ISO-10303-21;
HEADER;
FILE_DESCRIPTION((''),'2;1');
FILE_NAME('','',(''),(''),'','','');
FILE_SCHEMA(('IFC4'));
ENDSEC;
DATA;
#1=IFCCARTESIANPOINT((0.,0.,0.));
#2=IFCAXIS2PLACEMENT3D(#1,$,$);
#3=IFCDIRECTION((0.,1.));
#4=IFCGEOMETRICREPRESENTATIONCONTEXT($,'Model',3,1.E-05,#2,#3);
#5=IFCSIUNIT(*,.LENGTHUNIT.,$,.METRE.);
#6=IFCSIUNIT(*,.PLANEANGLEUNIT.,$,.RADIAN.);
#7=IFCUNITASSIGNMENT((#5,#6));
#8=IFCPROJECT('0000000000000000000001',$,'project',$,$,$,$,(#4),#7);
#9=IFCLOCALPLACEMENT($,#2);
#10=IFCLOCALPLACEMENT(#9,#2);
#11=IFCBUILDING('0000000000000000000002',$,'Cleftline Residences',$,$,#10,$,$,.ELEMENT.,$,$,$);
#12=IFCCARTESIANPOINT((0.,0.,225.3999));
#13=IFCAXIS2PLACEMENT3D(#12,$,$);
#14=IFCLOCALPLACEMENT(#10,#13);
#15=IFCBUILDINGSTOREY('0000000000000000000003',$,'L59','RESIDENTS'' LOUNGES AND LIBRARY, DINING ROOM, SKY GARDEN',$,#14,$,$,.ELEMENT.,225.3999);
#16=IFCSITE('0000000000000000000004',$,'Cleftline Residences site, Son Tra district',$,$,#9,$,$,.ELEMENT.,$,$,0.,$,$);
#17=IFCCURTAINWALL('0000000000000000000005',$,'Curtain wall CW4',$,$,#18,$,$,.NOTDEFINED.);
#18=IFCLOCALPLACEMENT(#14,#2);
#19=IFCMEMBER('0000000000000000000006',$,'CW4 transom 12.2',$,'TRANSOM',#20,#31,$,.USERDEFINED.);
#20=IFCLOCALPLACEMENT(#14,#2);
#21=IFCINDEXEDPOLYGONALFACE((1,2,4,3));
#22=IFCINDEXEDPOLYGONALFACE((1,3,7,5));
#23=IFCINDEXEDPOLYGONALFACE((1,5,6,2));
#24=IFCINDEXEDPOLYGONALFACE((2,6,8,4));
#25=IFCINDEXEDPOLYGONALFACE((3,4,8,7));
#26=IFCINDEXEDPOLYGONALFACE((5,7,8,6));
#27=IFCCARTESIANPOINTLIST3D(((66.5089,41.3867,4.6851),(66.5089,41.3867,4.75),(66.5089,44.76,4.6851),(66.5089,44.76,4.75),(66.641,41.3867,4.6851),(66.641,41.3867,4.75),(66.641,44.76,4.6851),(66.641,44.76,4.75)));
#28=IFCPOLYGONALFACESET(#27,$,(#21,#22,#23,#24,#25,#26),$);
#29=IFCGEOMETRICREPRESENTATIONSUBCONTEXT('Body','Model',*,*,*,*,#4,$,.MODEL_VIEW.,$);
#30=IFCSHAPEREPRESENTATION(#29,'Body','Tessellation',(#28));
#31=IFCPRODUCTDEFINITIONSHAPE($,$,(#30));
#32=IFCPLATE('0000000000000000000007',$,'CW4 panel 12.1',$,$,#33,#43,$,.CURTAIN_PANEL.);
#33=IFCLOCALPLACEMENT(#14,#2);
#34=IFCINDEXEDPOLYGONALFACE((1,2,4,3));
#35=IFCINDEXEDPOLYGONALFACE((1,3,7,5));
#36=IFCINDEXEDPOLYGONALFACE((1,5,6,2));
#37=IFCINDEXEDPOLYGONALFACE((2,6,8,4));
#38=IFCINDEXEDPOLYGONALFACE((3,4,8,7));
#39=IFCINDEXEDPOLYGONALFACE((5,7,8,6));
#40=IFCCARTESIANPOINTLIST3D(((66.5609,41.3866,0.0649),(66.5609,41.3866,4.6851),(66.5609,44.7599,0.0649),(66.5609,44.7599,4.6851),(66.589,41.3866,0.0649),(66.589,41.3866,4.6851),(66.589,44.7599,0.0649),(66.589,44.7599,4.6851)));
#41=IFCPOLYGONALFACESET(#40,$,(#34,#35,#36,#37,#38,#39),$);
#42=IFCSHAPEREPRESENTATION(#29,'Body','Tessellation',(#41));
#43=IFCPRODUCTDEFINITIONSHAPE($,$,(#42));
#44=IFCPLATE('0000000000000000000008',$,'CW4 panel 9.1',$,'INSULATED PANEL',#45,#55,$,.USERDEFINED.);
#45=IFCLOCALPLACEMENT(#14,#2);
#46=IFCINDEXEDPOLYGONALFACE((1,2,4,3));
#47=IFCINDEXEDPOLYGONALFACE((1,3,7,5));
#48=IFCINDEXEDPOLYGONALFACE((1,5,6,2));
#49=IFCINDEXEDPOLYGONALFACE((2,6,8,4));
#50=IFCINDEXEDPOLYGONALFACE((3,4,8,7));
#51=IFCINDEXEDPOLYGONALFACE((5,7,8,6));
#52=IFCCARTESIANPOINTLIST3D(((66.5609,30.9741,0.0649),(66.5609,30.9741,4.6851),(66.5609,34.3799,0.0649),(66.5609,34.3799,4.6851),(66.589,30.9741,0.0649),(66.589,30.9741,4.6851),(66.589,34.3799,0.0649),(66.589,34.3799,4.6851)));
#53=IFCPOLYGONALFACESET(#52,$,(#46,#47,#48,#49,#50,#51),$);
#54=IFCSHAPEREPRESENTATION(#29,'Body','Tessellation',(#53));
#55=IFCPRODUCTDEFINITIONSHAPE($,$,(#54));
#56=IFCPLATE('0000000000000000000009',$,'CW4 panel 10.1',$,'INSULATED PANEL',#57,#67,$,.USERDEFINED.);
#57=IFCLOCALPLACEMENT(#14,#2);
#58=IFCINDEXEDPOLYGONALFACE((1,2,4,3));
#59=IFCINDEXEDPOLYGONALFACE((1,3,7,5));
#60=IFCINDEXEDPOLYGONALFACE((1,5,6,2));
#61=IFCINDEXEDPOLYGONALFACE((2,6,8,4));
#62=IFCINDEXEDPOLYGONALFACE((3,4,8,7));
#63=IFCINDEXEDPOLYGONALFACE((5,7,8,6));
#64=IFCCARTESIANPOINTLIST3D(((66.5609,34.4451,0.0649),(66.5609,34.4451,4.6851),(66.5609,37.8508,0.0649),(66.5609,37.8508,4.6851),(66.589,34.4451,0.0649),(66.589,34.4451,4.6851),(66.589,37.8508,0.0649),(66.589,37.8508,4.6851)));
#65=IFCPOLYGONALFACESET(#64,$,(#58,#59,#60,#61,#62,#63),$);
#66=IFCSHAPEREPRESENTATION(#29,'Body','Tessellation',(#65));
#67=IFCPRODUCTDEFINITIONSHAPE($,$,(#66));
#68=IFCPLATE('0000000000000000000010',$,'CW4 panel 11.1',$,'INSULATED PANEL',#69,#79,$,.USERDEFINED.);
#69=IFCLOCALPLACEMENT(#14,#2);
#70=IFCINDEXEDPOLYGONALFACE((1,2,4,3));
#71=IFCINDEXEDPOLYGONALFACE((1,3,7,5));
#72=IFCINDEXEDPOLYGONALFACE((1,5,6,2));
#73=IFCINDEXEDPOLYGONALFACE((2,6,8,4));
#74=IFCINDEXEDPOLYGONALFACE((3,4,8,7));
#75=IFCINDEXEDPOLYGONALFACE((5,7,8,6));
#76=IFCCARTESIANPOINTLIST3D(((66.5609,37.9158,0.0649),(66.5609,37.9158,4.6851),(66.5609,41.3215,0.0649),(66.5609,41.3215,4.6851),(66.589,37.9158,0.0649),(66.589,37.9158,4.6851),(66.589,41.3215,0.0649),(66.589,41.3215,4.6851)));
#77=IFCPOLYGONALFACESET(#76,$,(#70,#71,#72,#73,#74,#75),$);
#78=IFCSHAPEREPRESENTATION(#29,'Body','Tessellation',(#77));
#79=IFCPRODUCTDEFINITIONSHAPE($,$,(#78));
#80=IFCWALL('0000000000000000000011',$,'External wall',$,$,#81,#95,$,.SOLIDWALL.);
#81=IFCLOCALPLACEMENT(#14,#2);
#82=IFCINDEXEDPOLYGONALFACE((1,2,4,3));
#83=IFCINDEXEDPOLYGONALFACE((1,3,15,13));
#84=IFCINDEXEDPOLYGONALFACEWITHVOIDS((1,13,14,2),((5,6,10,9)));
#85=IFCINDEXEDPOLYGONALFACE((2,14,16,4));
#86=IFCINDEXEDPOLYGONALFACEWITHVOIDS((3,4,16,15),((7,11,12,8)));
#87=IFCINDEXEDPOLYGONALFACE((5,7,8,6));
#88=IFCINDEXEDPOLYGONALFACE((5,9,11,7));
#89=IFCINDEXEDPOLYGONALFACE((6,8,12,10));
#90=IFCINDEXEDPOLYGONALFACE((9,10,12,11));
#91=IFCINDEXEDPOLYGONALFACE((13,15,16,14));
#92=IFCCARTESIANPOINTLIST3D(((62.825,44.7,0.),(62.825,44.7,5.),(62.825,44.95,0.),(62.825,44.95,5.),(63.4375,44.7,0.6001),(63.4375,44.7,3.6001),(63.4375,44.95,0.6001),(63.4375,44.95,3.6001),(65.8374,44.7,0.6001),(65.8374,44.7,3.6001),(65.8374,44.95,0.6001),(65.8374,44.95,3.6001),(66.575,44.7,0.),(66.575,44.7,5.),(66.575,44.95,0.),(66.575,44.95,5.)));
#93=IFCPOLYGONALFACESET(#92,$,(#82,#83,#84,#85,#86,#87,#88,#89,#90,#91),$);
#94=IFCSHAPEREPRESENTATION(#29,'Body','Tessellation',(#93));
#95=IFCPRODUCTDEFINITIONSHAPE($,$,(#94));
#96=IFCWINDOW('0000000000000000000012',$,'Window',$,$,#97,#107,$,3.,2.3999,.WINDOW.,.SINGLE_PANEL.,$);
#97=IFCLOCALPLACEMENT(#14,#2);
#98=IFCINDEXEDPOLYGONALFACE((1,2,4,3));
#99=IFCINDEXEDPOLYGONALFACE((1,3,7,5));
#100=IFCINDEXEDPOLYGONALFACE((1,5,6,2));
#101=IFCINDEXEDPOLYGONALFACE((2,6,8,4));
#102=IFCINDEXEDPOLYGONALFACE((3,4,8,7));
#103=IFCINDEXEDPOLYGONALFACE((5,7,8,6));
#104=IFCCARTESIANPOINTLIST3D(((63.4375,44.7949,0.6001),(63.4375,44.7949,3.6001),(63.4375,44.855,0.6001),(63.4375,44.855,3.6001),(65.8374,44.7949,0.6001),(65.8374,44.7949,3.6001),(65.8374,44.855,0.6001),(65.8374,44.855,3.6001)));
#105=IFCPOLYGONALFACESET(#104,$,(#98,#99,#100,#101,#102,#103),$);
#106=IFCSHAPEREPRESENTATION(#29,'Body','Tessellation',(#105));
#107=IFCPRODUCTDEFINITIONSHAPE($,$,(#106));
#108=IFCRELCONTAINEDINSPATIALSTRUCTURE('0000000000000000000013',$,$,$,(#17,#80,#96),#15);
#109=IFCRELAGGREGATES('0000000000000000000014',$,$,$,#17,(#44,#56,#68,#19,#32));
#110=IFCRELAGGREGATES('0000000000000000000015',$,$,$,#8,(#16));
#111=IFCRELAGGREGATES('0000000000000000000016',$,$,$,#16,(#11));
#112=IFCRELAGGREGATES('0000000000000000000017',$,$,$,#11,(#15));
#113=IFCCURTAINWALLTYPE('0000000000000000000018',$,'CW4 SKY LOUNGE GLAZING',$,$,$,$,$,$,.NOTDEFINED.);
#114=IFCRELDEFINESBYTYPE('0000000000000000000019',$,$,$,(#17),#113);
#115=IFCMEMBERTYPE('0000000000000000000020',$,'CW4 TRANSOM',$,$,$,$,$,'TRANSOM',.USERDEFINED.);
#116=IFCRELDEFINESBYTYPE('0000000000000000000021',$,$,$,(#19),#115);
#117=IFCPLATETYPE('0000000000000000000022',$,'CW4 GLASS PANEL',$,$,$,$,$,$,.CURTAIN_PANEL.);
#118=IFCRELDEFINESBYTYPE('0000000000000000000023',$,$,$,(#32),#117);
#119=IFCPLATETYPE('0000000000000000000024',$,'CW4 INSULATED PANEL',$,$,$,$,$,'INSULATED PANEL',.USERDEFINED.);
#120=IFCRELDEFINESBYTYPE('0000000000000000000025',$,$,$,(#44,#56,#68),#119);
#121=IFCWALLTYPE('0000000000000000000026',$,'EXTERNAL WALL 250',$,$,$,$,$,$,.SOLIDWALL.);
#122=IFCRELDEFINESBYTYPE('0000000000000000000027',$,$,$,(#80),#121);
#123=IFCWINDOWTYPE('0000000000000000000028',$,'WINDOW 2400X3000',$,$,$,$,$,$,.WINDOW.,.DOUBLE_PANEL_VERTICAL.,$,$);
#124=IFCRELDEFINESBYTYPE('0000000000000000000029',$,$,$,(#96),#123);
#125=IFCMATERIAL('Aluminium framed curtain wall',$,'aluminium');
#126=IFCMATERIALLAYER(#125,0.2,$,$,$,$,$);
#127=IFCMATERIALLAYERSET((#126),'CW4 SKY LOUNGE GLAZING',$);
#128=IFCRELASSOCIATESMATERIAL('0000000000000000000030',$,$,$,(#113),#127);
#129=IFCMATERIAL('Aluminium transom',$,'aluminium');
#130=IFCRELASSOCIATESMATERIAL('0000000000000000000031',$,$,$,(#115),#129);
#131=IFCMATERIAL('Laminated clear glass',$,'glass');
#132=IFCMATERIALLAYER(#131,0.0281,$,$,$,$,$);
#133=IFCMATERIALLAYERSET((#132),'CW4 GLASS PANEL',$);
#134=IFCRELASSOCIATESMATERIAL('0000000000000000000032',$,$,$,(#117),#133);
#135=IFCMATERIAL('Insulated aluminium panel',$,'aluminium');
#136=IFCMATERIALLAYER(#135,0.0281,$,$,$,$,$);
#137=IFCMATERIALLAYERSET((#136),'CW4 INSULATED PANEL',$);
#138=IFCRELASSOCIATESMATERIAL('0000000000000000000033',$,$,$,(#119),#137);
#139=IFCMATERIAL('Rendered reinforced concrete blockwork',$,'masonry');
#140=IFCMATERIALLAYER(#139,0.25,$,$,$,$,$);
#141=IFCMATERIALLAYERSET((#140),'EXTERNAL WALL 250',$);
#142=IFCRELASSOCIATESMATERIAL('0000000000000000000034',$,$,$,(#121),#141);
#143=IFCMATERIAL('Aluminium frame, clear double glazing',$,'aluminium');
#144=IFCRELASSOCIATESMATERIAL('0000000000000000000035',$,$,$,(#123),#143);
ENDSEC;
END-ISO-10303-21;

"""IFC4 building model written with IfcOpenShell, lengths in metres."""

from ifc_helpers import new_model, si_unit, direction, frame, frame_2d, origin, origin_2d, place, context, subcontext, project, spatial, rectangle, extrude, material, layer, layer_set, material_profile, profile_set, type_object, element, fill, aggregate, save


model = new_model("IFC4")

# Units and contexts
model_context = context("Model", 3, precision=1e-05, world=origin(), true_north=direction((0.0, 1.0)))
body_context = subcontext(model_context, "Body", "Model", "MODEL_VIEW")
ifc_project = project(units=[si_unit("LENGTHUNIT", "METRE"), si_unit("PLANEANGLEUNIT", "RADIAN")], contexts=[model_context])

# Site, building, storey
site_placement = place(None, origin())
site = spatial("IfcSite", under=ifc_project, at=site_placement, Name="Cleftline Residences site, Son Tra district", CompositionType="ELEMENT", RefElevation=0.0)
building_placement = place(site_placement, origin())
building = spatial("IfcBuilding", under=site, at=building_placement, Name="Cleftline Residences", CompositionType="ELEMENT")
storey_placement = place(building_placement, frame((0.0, 0.0, 225.3999)))
storey = spatial("IfcBuildingStorey", under=building, at=storey_placement, Name="L59", Description="RESIDENTS' LOUNGES AND LIBRARY, DINING ROOM, SKY GARDEN", CompositionType="ELEMENT", Elevation=225.3999)

# Curtain wall, member, plates
ifc_material_1 = material(Name="Aluminium framed curtain wall", Category="aluminium")
ifc_layer_1 = layer(ifc_material_1, 0.2)
ifc_layer_set_1 = layer_set([ifc_layer_1], Name="CW4 SKY LOUNGE GLAZING")
curtain_wall_type = type_object("IfcCurtainWallType", Name="CW4 SKY LOUNGE GLAZING", PredefinedType="NOTDEFINED", material=ifc_layer_set_1)
curtain_wall_placement = place(storey_placement, origin())
curtain_wall = element("IfcCurtainWall", 1, at=curtain_wall_placement, inside=storey, type_object=curtain_wall_type, Name="Curtain wall CW4", PredefinedType="NOTDEFINED")
ifc_material_2 = material(Name="Aluminium transom", Category="aluminium")
ifc_material_profile_1 = material_profile(ifc_material_2, rectangle(XDim=0.1321, YDim=0.0649, at=origin_2d()))
ifc_profile_set_1 = profile_set([ifc_material_profile_1], Name="Aluminium transom")
member_type_1 = type_object("IfcMemberType", Name="CW4 TRANSOM", ElementType="TRANSOM", PredefinedType="USERDEFINED", material=ifc_profile_set_1)
member_1_placement = place(storey_placement, frame((66.575, 41.3867, 4.7175), z_axis=(0.0, 1.0, 0.0), x_axis=(-1.0, 0.0, 0.0)))
member_1 = element("IfcMember", 2, at=member_1_placement, type_object=member_type_1, Name="CW4 transom 12.2", ObjectType="TRANSOM", PredefinedType="USERDEFINED", context=body_context, shape_type="SweptSolid", body=[
    extrude(rectangle(XDim=0.1321, YDim=0.0649, at=origin_2d()), origin(), (0.0, 0.0, 1.0), 3.3733),
])
ifc_material_3 = material(Name="Laminated clear glass", Category="glass")
ifc_layer_2 = layer(ifc_material_3, 0.0281)
ifc_layer_set_2 = layer_set([ifc_layer_2], Name="CW4 GLASS PANEL")
plate_type_1 = type_object("IfcPlateType", Name="CW4 GLASS PANEL", PredefinedType="CURTAIN_PANEL", material=ifc_layer_set_2)
plate_1_placement = place(storey_placement, frame((66.575, 43.0732, 0.0649), z_axis=(0.0, 0.0, 1.0), x_axis=(0.0, 1.0, 0.0)))
plate_1 = element("IfcPlate", 3, at=plate_1_placement, type_object=plate_type_1, Name="CW4 panel 12.1", PredefinedType="CURTAIN_PANEL", context=body_context, shape_type="SweptSolid", body=[
    extrude(rectangle(XDim=3.3733, YDim=0.0281, at=origin_2d()), origin(), (0.0, 0.0, 1.0), 4.6201),
])
ifc_material_4 = material(Name="Insulated aluminium panel", Category="aluminium")
ifc_layer_3 = layer(ifc_material_4, 0.0281)
ifc_layer_set_3 = layer_set([ifc_layer_3], Name="CW4 INSULATED PANEL")
plate_type_2 = type_object("IfcPlateType", Name="CW4 INSULATED PANEL", ElementType="INSULATED PANEL", PredefinedType="USERDEFINED", material=ifc_layer_set_3)
plate_2_placement = place(storey_placement, frame((66.575, 32.677, 0.0649), z_axis=(0.0, 0.0, 1.0), x_axis=(0.0, 1.0, 0.0)))
plate_2 = element("IfcPlate", 4, at=plate_2_placement, type_object=plate_type_2, Name="CW4 panel 9.1", ObjectType="INSULATED PANEL", PredefinedType="USERDEFINED", context=body_context, shape_type="SweptSolid", body=[
    extrude(rectangle(XDim=3.4058, YDim=0.0281, at=origin_2d()), origin(), (0.0, 0.0, 1.0), 4.6201),
])
plate_3_placement = place(storey_placement, frame((66.575, 36.1479, 0.0649), z_axis=(0.0, 0.0, 1.0), x_axis=(0.0, 1.0, 0.0)))
plate_3 = element("IfcPlate", 5, at=plate_3_placement, type_object=plate_type_2, Name="CW4 panel 10.1", ObjectType="INSULATED PANEL", PredefinedType="USERDEFINED", context=body_context, shape_type="SweptSolid", body=[
    extrude(rectangle(XDim=3.4058, YDim=0.0281, at=origin_2d()), origin(), (0.0, 0.0, 1.0), 4.6201),
])
plate_4_placement = place(storey_placement, frame((66.575, 39.6187, 0.0649), z_axis=(0.0, 0.0, 1.0), x_axis=(0.0, 1.0, 0.0)))
plate_4 = element("IfcPlate", 6, at=plate_4_placement, type_object=plate_type_2, Name="CW4 panel 11.1", ObjectType="INSULATED PANEL", PredefinedType="USERDEFINED", context=body_context, shape_type="SweptSolid", body=[
    extrude(rectangle(XDim=3.4058, YDim=0.0281, at=origin_2d()), origin(), (0.0, 0.0, 1.0), 4.6201),
])
aggregate(curtain_wall, [plate_2, plate_3, plate_4, member_1, plate_1])

# Wall, opening, window
ifc_material_5 = material(Name="Rendered reinforced concrete blockwork", Category="masonry")
ifc_layer_4 = layer(ifc_material_5, 0.25)
ifc_layer_set_4 = layer_set([ifc_layer_4], Name="EXTERNAL WALL 250")
wall_type = type_object("IfcWallType", Name="EXTERNAL WALL 250", PredefinedType="SOLIDWALL", material=ifc_layer_set_4)
wall_placement = place(storey_placement, frame((66.575, 44.825, 0.0), z_axis=(0.0, 0.0, 1.0), x_axis=(-1.0, 0.0, 0.0)))
wall = element("IfcWall", 7, at=wall_placement, inside=storey, type_object=wall_type, Name="External wall", PredefinedType="SOLIDWALL", context=body_context, shape_type="SweptSolid", body=[
    extrude(rectangle(XDim=3.75, YDim=0.25, at=frame_2d((1.875, 0.0))), origin(), (0.0, 0.0, 1.0), 5.0),
])
opening_placement = place(wall_placement, frame((0.7375, 0.0, 0.6001)))
opening = element("IfcOpeningElement", 8, at=opening_placement, cuts=wall, PredefinedType="OPENING", context=body_context, shape_type="SweptSolid", body=[
    extrude(rectangle(XDim=2.3999, YDim=3.0, at=frame_2d((1.2, 1.5))), frame((0.0, 0.135, 0.0), z_axis=(0.0, -1.0, 0.0), x_axis=(1.0, 0.0, 0.0)), (0.0, 0.0, 1.0), 0.27),
])
ifc_material_6 = material(Name="Aluminium frame, clear double glazing", Category="aluminium")
window_type = type_object("IfcWindowType", Name="WINDOW 2400X3000", PartitioningType="DOUBLE_PANEL_VERTICAL", PredefinedType="WINDOW", material=ifc_material_6)
window_placement = place(opening_placement, origin())
window = element("IfcWindow", 9, at=window_placement, inside=storey, type_object=window_type, Name="Window", OverallHeight=3.0, OverallWidth=2.3999, PartitioningType="SINGLE_PANEL", PredefinedType="WINDOW", context=body_context, shape_type="SweptSolid", body=[
    extrude(rectangle(XDim=2.3999, YDim=3.0, at=frame_2d((1.2, 1.5))), frame((0.0, 0.03, 0.0), z_axis=(0.0, -1.0, 0.0), x_axis=(1.0, 0.0, 0.0)), (0.0, 0.0, 1.0), 0.0601),
])
fill(opening, window)

save(model, "model.ifc")
